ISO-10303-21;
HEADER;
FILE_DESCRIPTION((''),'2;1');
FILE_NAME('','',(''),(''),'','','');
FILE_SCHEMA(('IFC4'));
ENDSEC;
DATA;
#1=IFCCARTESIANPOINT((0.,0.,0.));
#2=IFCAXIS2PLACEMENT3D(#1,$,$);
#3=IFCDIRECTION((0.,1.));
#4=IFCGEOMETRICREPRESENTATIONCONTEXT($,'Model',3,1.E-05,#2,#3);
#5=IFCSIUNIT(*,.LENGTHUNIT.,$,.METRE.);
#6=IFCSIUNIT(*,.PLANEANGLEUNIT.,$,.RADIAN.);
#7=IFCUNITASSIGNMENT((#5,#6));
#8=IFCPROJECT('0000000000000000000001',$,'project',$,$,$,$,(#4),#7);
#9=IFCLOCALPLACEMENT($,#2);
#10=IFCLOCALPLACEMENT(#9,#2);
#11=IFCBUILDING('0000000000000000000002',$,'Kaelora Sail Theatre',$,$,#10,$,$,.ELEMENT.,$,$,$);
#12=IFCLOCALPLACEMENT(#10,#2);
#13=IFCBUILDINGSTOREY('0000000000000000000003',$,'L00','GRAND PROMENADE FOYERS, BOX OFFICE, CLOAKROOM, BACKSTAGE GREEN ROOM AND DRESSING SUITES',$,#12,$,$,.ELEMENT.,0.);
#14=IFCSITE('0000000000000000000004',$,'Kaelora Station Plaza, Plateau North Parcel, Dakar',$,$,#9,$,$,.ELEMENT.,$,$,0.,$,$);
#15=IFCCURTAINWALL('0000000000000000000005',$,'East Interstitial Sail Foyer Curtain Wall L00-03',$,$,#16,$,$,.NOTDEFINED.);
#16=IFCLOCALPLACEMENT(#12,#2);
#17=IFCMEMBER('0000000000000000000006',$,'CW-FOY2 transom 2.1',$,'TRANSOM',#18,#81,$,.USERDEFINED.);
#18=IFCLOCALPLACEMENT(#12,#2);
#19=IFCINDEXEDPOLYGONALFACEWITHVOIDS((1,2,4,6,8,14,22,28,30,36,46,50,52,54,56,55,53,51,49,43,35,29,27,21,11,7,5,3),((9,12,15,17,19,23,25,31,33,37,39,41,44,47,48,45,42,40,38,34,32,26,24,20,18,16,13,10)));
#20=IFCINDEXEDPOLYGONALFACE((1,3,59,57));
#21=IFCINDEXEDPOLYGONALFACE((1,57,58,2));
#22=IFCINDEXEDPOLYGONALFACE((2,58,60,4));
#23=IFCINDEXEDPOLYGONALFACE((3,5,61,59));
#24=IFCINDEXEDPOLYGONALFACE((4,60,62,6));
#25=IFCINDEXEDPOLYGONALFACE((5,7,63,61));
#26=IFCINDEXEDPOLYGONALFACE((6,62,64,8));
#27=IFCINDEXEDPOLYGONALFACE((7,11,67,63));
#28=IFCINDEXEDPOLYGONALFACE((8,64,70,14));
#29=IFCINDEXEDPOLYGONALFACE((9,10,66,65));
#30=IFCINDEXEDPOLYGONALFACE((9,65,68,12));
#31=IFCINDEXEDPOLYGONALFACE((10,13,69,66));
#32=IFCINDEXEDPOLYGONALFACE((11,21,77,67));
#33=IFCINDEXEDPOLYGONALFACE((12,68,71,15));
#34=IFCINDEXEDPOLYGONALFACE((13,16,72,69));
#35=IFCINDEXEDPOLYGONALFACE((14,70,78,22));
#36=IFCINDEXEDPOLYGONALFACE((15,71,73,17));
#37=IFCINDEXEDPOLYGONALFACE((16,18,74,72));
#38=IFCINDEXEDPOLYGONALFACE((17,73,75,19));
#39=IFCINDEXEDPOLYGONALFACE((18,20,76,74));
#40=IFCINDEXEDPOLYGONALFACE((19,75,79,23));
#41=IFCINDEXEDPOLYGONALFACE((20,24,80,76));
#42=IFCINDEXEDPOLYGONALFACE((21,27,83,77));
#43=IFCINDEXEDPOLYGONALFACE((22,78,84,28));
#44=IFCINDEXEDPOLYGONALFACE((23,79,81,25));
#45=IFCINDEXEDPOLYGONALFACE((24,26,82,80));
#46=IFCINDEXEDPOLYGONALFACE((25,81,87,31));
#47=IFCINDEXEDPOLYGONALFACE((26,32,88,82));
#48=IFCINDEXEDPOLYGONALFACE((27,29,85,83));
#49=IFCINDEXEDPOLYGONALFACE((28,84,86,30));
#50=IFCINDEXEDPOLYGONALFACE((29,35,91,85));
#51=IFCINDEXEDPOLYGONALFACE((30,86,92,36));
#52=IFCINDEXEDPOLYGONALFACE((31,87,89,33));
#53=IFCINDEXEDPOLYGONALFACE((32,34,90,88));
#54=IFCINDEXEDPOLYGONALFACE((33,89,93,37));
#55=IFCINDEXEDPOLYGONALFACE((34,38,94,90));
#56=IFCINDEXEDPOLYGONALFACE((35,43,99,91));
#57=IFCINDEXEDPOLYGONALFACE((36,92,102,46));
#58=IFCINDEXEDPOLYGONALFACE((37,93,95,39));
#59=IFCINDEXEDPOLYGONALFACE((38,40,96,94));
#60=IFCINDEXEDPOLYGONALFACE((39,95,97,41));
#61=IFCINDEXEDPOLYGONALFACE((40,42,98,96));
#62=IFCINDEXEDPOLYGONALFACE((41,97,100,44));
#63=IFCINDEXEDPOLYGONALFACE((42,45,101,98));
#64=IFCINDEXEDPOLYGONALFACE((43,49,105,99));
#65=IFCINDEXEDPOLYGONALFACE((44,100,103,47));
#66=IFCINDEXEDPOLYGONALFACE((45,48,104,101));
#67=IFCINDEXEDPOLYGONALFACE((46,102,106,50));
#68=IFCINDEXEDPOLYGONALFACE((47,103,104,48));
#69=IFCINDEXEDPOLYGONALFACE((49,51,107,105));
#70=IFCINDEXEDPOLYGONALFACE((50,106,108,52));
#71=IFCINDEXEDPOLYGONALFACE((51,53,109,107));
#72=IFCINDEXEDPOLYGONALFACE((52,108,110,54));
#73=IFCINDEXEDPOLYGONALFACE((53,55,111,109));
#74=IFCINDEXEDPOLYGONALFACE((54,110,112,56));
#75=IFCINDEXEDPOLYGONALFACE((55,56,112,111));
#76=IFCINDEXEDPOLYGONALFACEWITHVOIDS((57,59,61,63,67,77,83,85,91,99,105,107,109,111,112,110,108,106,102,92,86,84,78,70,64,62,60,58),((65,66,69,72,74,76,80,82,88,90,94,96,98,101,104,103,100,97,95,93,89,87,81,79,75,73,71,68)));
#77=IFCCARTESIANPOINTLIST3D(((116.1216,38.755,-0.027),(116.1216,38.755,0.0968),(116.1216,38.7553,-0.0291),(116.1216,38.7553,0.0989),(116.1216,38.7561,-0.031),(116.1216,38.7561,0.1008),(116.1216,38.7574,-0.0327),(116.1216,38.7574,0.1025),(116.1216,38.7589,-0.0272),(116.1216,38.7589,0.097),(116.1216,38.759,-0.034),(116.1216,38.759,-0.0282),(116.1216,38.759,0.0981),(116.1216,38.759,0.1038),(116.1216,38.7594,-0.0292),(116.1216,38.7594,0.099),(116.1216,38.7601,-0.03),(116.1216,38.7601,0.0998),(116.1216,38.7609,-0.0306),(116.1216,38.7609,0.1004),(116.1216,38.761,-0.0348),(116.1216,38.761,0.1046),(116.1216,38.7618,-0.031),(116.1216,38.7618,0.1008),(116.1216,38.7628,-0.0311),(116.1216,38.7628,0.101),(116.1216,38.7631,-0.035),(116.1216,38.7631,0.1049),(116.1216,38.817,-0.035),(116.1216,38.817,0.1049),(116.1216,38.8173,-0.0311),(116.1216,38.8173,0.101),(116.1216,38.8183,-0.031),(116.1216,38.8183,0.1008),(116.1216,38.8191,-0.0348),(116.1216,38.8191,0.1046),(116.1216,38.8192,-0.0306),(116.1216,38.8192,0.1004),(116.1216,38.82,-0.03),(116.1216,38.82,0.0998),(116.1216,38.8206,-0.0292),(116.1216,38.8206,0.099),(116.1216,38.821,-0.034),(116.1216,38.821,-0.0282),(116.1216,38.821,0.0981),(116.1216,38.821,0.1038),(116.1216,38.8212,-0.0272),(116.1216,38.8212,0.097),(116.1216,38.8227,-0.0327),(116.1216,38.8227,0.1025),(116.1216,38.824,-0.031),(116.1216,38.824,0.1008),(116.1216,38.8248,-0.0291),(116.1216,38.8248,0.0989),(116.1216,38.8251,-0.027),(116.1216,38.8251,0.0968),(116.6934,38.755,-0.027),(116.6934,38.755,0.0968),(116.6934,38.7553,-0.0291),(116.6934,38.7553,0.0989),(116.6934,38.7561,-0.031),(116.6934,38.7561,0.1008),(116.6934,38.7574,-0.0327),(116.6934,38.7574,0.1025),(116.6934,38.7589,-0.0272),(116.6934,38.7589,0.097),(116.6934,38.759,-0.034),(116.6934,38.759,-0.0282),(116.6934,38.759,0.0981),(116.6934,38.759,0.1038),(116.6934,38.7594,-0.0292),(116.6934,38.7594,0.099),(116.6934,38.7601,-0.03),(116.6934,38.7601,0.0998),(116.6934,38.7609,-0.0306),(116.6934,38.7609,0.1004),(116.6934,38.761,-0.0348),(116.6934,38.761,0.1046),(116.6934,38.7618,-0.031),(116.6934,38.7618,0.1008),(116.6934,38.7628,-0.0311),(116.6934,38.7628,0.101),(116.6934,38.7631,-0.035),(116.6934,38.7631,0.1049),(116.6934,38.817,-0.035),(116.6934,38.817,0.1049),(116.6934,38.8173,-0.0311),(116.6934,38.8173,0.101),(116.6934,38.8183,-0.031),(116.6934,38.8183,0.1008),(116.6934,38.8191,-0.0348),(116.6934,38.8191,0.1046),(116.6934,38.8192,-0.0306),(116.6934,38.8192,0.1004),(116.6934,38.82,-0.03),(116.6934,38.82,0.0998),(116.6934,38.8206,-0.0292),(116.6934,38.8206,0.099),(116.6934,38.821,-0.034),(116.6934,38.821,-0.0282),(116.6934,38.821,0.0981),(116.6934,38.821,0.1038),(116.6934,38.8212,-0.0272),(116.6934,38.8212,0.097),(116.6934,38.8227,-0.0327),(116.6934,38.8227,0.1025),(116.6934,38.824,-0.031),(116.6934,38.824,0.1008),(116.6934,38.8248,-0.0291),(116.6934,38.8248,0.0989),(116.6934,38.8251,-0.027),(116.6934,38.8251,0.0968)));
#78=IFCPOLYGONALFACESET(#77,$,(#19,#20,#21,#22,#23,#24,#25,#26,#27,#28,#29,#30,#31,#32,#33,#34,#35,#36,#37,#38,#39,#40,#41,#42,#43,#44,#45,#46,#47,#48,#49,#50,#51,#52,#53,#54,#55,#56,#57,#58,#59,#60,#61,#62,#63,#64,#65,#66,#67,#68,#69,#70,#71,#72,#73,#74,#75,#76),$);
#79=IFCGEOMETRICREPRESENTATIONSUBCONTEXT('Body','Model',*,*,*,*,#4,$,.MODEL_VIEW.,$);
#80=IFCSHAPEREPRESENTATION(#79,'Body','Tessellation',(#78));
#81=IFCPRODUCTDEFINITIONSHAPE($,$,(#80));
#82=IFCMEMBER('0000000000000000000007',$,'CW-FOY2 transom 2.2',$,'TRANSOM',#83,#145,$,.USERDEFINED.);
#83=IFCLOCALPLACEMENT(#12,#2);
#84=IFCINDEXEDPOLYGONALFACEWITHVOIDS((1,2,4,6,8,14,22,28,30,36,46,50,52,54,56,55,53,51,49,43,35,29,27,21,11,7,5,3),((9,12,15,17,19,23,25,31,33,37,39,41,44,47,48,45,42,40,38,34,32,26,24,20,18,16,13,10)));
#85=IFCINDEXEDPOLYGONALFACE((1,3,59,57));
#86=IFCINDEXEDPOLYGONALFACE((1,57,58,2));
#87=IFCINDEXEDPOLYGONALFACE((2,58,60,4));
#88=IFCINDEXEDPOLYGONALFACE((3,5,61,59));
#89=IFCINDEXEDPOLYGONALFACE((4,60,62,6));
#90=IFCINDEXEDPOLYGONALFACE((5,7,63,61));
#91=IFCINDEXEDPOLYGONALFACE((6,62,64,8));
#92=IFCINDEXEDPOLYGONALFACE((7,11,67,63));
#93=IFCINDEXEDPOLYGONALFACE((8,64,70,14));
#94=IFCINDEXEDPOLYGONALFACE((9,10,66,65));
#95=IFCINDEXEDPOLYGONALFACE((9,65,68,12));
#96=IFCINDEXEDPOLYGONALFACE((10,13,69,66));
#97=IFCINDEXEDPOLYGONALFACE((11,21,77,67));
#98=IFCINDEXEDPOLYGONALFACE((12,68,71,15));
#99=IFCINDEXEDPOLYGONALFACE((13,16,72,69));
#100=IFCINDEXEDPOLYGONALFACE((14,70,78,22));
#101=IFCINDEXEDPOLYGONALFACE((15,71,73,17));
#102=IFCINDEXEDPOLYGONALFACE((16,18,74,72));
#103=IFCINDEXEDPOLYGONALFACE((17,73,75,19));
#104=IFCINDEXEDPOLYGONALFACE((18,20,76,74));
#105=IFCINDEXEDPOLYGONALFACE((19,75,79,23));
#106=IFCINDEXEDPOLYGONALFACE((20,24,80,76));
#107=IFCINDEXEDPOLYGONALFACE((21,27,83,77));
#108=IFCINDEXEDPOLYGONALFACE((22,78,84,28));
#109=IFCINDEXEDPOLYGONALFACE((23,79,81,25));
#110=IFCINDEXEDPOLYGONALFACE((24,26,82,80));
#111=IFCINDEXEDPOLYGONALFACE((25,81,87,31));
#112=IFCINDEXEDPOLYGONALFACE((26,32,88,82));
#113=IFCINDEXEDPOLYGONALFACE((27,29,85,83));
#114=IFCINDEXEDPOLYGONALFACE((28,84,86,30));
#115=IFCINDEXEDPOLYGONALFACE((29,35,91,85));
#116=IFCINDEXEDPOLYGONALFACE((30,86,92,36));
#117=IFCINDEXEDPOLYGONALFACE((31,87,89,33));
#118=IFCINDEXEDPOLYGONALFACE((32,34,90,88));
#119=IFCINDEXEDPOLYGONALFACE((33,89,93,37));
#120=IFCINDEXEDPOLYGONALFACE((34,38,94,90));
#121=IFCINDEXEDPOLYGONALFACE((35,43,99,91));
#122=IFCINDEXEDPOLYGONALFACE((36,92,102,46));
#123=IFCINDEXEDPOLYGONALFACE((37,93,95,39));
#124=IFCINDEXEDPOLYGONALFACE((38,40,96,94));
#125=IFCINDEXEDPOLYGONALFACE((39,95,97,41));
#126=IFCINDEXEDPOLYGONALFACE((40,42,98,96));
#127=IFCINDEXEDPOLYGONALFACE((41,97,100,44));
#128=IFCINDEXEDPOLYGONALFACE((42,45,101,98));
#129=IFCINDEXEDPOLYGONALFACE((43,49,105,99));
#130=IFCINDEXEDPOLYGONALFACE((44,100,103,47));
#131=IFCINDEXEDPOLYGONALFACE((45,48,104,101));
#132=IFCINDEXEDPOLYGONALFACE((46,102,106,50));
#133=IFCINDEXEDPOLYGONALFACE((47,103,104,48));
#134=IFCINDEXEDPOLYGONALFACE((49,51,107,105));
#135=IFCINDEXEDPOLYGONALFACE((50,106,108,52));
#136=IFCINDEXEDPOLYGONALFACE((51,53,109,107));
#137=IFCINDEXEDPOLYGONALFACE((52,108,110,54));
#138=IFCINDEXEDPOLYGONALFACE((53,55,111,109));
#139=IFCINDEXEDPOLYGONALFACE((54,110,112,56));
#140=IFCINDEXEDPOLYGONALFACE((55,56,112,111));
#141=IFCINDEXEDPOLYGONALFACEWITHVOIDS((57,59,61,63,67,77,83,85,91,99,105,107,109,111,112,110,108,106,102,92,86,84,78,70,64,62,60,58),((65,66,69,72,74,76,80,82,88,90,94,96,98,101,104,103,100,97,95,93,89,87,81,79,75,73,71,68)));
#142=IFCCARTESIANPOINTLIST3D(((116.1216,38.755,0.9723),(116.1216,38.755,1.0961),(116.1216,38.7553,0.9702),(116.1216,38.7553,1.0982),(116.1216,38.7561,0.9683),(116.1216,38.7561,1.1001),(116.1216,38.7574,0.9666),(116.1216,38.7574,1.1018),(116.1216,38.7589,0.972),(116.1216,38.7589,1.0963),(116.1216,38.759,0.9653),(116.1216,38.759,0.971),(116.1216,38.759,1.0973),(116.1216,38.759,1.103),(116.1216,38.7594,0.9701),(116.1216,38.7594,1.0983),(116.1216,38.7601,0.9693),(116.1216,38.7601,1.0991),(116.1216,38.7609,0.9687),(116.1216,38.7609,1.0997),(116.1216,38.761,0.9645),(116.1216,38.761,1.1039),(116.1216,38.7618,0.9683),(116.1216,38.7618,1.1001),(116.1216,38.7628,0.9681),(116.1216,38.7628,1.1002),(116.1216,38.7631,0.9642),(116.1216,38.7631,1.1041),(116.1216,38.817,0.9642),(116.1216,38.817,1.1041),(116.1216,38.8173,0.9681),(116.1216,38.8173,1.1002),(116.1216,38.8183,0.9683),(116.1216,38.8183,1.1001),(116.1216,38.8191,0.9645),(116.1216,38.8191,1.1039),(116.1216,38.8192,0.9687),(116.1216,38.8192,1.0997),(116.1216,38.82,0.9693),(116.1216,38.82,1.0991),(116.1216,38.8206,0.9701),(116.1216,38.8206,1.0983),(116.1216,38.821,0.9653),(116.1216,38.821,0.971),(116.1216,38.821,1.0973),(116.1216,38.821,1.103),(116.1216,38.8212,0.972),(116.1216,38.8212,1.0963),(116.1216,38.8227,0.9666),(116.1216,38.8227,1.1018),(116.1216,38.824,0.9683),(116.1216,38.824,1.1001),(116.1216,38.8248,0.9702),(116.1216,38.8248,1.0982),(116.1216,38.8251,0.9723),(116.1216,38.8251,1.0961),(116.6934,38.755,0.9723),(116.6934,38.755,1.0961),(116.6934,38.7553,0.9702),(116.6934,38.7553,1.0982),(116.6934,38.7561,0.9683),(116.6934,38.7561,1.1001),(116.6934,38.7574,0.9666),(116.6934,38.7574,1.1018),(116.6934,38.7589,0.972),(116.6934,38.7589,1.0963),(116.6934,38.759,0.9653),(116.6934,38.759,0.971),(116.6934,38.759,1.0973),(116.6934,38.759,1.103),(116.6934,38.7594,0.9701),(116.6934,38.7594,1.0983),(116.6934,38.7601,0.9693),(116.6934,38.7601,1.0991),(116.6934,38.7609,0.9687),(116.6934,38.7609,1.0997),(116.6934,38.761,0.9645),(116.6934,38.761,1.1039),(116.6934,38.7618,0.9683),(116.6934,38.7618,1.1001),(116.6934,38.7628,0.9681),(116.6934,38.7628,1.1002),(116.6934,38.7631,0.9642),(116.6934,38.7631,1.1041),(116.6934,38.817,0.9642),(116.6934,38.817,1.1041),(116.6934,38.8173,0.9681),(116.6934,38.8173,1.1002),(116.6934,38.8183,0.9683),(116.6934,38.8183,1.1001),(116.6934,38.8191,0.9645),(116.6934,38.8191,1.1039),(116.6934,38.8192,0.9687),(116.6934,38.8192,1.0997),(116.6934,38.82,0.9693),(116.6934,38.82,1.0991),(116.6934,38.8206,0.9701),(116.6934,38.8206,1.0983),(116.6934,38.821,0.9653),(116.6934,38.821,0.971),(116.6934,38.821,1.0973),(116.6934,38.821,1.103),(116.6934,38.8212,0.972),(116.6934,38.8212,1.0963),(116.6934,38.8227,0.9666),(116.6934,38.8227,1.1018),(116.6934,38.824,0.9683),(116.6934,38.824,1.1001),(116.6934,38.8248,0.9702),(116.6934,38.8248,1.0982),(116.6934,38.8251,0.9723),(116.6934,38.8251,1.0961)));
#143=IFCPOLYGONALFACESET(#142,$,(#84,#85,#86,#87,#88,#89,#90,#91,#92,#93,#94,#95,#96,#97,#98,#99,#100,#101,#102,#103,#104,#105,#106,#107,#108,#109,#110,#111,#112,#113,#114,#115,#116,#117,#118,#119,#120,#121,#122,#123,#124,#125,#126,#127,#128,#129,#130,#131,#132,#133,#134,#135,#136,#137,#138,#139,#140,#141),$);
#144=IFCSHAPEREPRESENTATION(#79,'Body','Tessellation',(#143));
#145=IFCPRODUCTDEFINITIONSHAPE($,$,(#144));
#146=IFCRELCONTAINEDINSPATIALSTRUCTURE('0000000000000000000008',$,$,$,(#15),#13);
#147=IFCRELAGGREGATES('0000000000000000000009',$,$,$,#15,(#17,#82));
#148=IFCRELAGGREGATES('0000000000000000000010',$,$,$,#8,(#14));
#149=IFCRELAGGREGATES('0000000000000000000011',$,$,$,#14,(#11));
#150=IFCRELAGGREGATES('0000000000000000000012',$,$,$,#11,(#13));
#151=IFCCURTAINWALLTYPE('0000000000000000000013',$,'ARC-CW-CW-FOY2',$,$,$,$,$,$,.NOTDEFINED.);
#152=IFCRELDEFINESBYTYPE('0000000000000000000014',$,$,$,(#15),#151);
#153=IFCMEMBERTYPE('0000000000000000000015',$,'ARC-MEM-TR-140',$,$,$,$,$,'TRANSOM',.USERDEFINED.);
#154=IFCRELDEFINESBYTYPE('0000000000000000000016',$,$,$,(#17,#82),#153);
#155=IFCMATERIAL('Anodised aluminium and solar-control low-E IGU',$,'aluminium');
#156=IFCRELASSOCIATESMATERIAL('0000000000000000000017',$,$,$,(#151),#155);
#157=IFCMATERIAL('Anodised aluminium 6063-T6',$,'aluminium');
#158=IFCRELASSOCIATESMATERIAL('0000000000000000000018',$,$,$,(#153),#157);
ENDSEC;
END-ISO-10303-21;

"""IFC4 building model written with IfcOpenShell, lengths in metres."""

from ifc_helpers import new_model, si_unit, direction, frame, origin, origin_2d, place, context, subcontext, project, spatial, hollow_rectangle, extrude, material, material_profile, profile_set, type_object, element, aggregate, save


model = new_model("IFC4")

# Units and contexts
model_context = context("Model", 3, precision=1e-05, world=origin(), true_north=direction((0.0, 1.0)))
body_context = subcontext(model_context, "Body", "Model", "MODEL_VIEW")
ifc_project = project(units=[si_unit("LENGTHUNIT", "METRE"), si_unit("PLANEANGLEUNIT", "RADIAN")], contexts=[model_context])

# Site, building, storey
site_placement = place(None, origin())
site = spatial("IfcSite", under=ifc_project, at=site_placement, Name="Kaelora Station Plaza, Plateau North Parcel, Dakar", CompositionType="ELEMENT", RefElevation=0.0)
building_placement = place(site_placement, origin())
building = spatial("IfcBuilding", under=site, at=building_placement, Name="Kaelora Sail Theatre", CompositionType="ELEMENT")
storey_placement = place(building_placement, origin())
storey = spatial("IfcBuildingStorey", under=building, at=storey_placement, Name="L00", Description="GRAND PROMENADE FOYERS, BOX OFFICE, CLOAKROOM, BACKSTAGE GREEN ROOM AND DRESSING SUITES", CompositionType="ELEMENT", Elevation=0.0)

# Shared definitions
ifc_material_1 = material(Name="Anodised aluminium and solar-control low-E IGU", Category="aluminium")
curtain_wall_type = type_object("IfcCurtainWallType", Name="ARC-CW-CW-FOY2", PredefinedType="NOTDEFINED", material=ifc_material_1)

# Curtain wall, members
curtain_wall_1_placement = place(storey_placement, origin())
curtain_wall_1 = element("IfcCurtainWall", 1, at=curtain_wall_1_placement, inside=storey, type_object=curtain_wall_type, Name="East Interstitial Sail Foyer Curtain Wall L00-03", PredefinedType="NOTDEFINED")
ifc_material_2 = material(Name="Anodised aluminium 6063-T6", Category="aluminium")
ifc_material_profile_1 = material_profile(ifc_material_2, hollow_rectangle(XDim=0.0701, YDim=0.1399, WallThickness=0.0039, InnerFilletRadius=0.0039, OuterFilletRadius=0.0081, at=origin_2d()), Name="ALU-TRAN 70x140x4")
ifc_profile_set_1 = profile_set([ifc_material_profile_1], Name="Anodised aluminium 6063-T6")
member_type_1 = type_object("IfcMemberType", Name="ARC-MEM-TR-140", ElementType="TRANSOM", PredefinedType="USERDEFINED", material=ifc_profile_set_1)
member_1_placement = place(storey_placement, frame((116.1216, 38.79, 0.0349), z_axis=(1.0, 0.0, 0.0), x_axis=(0.0, 1.0, 0.0)))
member_1 = element("IfcMember", 2, at=member_1_placement, type_object=member_type_1, Name="CW-FOY2 transom 2.1", ObjectType="TRANSOM", PredefinedType="USERDEFINED", context=body_context, shape_type="SweptSolid", body=[
    extrude(hollow_rectangle(XDim=0.0701, YDim=0.1399, WallThickness=0.0039, InnerFilletRadius=0.0039, OuterFilletRadius=0.0081, at=origin_2d()), origin(), (0.0, 0.0, 1.0), 0.5718),
])
member_2_placement = place(storey_placement, frame((116.1216, 38.79, 1.0342), z_axis=(1.0, 0.0, 0.0), x_axis=(0.0, 1.0, 0.0)))
member_2 = element("IfcMember", 3, at=member_2_placement, type_object=member_type_1, Name="CW-FOY2 transom 2.2", ObjectType="TRANSOM", PredefinedType="USERDEFINED", context=body_context, shape_type="SweptSolid", body=[
    extrude(hollow_rectangle(XDim=0.0701, YDim=0.1399, WallThickness=0.0039, InnerFilletRadius=0.0039, OuterFilletRadius=0.0081, at=origin_2d()), origin(), (0.0, 0.0, 1.0), 0.5718),
])

aggregate(curtain_wall_1, [member_1, member_2])

save(model, "model.ifc")
